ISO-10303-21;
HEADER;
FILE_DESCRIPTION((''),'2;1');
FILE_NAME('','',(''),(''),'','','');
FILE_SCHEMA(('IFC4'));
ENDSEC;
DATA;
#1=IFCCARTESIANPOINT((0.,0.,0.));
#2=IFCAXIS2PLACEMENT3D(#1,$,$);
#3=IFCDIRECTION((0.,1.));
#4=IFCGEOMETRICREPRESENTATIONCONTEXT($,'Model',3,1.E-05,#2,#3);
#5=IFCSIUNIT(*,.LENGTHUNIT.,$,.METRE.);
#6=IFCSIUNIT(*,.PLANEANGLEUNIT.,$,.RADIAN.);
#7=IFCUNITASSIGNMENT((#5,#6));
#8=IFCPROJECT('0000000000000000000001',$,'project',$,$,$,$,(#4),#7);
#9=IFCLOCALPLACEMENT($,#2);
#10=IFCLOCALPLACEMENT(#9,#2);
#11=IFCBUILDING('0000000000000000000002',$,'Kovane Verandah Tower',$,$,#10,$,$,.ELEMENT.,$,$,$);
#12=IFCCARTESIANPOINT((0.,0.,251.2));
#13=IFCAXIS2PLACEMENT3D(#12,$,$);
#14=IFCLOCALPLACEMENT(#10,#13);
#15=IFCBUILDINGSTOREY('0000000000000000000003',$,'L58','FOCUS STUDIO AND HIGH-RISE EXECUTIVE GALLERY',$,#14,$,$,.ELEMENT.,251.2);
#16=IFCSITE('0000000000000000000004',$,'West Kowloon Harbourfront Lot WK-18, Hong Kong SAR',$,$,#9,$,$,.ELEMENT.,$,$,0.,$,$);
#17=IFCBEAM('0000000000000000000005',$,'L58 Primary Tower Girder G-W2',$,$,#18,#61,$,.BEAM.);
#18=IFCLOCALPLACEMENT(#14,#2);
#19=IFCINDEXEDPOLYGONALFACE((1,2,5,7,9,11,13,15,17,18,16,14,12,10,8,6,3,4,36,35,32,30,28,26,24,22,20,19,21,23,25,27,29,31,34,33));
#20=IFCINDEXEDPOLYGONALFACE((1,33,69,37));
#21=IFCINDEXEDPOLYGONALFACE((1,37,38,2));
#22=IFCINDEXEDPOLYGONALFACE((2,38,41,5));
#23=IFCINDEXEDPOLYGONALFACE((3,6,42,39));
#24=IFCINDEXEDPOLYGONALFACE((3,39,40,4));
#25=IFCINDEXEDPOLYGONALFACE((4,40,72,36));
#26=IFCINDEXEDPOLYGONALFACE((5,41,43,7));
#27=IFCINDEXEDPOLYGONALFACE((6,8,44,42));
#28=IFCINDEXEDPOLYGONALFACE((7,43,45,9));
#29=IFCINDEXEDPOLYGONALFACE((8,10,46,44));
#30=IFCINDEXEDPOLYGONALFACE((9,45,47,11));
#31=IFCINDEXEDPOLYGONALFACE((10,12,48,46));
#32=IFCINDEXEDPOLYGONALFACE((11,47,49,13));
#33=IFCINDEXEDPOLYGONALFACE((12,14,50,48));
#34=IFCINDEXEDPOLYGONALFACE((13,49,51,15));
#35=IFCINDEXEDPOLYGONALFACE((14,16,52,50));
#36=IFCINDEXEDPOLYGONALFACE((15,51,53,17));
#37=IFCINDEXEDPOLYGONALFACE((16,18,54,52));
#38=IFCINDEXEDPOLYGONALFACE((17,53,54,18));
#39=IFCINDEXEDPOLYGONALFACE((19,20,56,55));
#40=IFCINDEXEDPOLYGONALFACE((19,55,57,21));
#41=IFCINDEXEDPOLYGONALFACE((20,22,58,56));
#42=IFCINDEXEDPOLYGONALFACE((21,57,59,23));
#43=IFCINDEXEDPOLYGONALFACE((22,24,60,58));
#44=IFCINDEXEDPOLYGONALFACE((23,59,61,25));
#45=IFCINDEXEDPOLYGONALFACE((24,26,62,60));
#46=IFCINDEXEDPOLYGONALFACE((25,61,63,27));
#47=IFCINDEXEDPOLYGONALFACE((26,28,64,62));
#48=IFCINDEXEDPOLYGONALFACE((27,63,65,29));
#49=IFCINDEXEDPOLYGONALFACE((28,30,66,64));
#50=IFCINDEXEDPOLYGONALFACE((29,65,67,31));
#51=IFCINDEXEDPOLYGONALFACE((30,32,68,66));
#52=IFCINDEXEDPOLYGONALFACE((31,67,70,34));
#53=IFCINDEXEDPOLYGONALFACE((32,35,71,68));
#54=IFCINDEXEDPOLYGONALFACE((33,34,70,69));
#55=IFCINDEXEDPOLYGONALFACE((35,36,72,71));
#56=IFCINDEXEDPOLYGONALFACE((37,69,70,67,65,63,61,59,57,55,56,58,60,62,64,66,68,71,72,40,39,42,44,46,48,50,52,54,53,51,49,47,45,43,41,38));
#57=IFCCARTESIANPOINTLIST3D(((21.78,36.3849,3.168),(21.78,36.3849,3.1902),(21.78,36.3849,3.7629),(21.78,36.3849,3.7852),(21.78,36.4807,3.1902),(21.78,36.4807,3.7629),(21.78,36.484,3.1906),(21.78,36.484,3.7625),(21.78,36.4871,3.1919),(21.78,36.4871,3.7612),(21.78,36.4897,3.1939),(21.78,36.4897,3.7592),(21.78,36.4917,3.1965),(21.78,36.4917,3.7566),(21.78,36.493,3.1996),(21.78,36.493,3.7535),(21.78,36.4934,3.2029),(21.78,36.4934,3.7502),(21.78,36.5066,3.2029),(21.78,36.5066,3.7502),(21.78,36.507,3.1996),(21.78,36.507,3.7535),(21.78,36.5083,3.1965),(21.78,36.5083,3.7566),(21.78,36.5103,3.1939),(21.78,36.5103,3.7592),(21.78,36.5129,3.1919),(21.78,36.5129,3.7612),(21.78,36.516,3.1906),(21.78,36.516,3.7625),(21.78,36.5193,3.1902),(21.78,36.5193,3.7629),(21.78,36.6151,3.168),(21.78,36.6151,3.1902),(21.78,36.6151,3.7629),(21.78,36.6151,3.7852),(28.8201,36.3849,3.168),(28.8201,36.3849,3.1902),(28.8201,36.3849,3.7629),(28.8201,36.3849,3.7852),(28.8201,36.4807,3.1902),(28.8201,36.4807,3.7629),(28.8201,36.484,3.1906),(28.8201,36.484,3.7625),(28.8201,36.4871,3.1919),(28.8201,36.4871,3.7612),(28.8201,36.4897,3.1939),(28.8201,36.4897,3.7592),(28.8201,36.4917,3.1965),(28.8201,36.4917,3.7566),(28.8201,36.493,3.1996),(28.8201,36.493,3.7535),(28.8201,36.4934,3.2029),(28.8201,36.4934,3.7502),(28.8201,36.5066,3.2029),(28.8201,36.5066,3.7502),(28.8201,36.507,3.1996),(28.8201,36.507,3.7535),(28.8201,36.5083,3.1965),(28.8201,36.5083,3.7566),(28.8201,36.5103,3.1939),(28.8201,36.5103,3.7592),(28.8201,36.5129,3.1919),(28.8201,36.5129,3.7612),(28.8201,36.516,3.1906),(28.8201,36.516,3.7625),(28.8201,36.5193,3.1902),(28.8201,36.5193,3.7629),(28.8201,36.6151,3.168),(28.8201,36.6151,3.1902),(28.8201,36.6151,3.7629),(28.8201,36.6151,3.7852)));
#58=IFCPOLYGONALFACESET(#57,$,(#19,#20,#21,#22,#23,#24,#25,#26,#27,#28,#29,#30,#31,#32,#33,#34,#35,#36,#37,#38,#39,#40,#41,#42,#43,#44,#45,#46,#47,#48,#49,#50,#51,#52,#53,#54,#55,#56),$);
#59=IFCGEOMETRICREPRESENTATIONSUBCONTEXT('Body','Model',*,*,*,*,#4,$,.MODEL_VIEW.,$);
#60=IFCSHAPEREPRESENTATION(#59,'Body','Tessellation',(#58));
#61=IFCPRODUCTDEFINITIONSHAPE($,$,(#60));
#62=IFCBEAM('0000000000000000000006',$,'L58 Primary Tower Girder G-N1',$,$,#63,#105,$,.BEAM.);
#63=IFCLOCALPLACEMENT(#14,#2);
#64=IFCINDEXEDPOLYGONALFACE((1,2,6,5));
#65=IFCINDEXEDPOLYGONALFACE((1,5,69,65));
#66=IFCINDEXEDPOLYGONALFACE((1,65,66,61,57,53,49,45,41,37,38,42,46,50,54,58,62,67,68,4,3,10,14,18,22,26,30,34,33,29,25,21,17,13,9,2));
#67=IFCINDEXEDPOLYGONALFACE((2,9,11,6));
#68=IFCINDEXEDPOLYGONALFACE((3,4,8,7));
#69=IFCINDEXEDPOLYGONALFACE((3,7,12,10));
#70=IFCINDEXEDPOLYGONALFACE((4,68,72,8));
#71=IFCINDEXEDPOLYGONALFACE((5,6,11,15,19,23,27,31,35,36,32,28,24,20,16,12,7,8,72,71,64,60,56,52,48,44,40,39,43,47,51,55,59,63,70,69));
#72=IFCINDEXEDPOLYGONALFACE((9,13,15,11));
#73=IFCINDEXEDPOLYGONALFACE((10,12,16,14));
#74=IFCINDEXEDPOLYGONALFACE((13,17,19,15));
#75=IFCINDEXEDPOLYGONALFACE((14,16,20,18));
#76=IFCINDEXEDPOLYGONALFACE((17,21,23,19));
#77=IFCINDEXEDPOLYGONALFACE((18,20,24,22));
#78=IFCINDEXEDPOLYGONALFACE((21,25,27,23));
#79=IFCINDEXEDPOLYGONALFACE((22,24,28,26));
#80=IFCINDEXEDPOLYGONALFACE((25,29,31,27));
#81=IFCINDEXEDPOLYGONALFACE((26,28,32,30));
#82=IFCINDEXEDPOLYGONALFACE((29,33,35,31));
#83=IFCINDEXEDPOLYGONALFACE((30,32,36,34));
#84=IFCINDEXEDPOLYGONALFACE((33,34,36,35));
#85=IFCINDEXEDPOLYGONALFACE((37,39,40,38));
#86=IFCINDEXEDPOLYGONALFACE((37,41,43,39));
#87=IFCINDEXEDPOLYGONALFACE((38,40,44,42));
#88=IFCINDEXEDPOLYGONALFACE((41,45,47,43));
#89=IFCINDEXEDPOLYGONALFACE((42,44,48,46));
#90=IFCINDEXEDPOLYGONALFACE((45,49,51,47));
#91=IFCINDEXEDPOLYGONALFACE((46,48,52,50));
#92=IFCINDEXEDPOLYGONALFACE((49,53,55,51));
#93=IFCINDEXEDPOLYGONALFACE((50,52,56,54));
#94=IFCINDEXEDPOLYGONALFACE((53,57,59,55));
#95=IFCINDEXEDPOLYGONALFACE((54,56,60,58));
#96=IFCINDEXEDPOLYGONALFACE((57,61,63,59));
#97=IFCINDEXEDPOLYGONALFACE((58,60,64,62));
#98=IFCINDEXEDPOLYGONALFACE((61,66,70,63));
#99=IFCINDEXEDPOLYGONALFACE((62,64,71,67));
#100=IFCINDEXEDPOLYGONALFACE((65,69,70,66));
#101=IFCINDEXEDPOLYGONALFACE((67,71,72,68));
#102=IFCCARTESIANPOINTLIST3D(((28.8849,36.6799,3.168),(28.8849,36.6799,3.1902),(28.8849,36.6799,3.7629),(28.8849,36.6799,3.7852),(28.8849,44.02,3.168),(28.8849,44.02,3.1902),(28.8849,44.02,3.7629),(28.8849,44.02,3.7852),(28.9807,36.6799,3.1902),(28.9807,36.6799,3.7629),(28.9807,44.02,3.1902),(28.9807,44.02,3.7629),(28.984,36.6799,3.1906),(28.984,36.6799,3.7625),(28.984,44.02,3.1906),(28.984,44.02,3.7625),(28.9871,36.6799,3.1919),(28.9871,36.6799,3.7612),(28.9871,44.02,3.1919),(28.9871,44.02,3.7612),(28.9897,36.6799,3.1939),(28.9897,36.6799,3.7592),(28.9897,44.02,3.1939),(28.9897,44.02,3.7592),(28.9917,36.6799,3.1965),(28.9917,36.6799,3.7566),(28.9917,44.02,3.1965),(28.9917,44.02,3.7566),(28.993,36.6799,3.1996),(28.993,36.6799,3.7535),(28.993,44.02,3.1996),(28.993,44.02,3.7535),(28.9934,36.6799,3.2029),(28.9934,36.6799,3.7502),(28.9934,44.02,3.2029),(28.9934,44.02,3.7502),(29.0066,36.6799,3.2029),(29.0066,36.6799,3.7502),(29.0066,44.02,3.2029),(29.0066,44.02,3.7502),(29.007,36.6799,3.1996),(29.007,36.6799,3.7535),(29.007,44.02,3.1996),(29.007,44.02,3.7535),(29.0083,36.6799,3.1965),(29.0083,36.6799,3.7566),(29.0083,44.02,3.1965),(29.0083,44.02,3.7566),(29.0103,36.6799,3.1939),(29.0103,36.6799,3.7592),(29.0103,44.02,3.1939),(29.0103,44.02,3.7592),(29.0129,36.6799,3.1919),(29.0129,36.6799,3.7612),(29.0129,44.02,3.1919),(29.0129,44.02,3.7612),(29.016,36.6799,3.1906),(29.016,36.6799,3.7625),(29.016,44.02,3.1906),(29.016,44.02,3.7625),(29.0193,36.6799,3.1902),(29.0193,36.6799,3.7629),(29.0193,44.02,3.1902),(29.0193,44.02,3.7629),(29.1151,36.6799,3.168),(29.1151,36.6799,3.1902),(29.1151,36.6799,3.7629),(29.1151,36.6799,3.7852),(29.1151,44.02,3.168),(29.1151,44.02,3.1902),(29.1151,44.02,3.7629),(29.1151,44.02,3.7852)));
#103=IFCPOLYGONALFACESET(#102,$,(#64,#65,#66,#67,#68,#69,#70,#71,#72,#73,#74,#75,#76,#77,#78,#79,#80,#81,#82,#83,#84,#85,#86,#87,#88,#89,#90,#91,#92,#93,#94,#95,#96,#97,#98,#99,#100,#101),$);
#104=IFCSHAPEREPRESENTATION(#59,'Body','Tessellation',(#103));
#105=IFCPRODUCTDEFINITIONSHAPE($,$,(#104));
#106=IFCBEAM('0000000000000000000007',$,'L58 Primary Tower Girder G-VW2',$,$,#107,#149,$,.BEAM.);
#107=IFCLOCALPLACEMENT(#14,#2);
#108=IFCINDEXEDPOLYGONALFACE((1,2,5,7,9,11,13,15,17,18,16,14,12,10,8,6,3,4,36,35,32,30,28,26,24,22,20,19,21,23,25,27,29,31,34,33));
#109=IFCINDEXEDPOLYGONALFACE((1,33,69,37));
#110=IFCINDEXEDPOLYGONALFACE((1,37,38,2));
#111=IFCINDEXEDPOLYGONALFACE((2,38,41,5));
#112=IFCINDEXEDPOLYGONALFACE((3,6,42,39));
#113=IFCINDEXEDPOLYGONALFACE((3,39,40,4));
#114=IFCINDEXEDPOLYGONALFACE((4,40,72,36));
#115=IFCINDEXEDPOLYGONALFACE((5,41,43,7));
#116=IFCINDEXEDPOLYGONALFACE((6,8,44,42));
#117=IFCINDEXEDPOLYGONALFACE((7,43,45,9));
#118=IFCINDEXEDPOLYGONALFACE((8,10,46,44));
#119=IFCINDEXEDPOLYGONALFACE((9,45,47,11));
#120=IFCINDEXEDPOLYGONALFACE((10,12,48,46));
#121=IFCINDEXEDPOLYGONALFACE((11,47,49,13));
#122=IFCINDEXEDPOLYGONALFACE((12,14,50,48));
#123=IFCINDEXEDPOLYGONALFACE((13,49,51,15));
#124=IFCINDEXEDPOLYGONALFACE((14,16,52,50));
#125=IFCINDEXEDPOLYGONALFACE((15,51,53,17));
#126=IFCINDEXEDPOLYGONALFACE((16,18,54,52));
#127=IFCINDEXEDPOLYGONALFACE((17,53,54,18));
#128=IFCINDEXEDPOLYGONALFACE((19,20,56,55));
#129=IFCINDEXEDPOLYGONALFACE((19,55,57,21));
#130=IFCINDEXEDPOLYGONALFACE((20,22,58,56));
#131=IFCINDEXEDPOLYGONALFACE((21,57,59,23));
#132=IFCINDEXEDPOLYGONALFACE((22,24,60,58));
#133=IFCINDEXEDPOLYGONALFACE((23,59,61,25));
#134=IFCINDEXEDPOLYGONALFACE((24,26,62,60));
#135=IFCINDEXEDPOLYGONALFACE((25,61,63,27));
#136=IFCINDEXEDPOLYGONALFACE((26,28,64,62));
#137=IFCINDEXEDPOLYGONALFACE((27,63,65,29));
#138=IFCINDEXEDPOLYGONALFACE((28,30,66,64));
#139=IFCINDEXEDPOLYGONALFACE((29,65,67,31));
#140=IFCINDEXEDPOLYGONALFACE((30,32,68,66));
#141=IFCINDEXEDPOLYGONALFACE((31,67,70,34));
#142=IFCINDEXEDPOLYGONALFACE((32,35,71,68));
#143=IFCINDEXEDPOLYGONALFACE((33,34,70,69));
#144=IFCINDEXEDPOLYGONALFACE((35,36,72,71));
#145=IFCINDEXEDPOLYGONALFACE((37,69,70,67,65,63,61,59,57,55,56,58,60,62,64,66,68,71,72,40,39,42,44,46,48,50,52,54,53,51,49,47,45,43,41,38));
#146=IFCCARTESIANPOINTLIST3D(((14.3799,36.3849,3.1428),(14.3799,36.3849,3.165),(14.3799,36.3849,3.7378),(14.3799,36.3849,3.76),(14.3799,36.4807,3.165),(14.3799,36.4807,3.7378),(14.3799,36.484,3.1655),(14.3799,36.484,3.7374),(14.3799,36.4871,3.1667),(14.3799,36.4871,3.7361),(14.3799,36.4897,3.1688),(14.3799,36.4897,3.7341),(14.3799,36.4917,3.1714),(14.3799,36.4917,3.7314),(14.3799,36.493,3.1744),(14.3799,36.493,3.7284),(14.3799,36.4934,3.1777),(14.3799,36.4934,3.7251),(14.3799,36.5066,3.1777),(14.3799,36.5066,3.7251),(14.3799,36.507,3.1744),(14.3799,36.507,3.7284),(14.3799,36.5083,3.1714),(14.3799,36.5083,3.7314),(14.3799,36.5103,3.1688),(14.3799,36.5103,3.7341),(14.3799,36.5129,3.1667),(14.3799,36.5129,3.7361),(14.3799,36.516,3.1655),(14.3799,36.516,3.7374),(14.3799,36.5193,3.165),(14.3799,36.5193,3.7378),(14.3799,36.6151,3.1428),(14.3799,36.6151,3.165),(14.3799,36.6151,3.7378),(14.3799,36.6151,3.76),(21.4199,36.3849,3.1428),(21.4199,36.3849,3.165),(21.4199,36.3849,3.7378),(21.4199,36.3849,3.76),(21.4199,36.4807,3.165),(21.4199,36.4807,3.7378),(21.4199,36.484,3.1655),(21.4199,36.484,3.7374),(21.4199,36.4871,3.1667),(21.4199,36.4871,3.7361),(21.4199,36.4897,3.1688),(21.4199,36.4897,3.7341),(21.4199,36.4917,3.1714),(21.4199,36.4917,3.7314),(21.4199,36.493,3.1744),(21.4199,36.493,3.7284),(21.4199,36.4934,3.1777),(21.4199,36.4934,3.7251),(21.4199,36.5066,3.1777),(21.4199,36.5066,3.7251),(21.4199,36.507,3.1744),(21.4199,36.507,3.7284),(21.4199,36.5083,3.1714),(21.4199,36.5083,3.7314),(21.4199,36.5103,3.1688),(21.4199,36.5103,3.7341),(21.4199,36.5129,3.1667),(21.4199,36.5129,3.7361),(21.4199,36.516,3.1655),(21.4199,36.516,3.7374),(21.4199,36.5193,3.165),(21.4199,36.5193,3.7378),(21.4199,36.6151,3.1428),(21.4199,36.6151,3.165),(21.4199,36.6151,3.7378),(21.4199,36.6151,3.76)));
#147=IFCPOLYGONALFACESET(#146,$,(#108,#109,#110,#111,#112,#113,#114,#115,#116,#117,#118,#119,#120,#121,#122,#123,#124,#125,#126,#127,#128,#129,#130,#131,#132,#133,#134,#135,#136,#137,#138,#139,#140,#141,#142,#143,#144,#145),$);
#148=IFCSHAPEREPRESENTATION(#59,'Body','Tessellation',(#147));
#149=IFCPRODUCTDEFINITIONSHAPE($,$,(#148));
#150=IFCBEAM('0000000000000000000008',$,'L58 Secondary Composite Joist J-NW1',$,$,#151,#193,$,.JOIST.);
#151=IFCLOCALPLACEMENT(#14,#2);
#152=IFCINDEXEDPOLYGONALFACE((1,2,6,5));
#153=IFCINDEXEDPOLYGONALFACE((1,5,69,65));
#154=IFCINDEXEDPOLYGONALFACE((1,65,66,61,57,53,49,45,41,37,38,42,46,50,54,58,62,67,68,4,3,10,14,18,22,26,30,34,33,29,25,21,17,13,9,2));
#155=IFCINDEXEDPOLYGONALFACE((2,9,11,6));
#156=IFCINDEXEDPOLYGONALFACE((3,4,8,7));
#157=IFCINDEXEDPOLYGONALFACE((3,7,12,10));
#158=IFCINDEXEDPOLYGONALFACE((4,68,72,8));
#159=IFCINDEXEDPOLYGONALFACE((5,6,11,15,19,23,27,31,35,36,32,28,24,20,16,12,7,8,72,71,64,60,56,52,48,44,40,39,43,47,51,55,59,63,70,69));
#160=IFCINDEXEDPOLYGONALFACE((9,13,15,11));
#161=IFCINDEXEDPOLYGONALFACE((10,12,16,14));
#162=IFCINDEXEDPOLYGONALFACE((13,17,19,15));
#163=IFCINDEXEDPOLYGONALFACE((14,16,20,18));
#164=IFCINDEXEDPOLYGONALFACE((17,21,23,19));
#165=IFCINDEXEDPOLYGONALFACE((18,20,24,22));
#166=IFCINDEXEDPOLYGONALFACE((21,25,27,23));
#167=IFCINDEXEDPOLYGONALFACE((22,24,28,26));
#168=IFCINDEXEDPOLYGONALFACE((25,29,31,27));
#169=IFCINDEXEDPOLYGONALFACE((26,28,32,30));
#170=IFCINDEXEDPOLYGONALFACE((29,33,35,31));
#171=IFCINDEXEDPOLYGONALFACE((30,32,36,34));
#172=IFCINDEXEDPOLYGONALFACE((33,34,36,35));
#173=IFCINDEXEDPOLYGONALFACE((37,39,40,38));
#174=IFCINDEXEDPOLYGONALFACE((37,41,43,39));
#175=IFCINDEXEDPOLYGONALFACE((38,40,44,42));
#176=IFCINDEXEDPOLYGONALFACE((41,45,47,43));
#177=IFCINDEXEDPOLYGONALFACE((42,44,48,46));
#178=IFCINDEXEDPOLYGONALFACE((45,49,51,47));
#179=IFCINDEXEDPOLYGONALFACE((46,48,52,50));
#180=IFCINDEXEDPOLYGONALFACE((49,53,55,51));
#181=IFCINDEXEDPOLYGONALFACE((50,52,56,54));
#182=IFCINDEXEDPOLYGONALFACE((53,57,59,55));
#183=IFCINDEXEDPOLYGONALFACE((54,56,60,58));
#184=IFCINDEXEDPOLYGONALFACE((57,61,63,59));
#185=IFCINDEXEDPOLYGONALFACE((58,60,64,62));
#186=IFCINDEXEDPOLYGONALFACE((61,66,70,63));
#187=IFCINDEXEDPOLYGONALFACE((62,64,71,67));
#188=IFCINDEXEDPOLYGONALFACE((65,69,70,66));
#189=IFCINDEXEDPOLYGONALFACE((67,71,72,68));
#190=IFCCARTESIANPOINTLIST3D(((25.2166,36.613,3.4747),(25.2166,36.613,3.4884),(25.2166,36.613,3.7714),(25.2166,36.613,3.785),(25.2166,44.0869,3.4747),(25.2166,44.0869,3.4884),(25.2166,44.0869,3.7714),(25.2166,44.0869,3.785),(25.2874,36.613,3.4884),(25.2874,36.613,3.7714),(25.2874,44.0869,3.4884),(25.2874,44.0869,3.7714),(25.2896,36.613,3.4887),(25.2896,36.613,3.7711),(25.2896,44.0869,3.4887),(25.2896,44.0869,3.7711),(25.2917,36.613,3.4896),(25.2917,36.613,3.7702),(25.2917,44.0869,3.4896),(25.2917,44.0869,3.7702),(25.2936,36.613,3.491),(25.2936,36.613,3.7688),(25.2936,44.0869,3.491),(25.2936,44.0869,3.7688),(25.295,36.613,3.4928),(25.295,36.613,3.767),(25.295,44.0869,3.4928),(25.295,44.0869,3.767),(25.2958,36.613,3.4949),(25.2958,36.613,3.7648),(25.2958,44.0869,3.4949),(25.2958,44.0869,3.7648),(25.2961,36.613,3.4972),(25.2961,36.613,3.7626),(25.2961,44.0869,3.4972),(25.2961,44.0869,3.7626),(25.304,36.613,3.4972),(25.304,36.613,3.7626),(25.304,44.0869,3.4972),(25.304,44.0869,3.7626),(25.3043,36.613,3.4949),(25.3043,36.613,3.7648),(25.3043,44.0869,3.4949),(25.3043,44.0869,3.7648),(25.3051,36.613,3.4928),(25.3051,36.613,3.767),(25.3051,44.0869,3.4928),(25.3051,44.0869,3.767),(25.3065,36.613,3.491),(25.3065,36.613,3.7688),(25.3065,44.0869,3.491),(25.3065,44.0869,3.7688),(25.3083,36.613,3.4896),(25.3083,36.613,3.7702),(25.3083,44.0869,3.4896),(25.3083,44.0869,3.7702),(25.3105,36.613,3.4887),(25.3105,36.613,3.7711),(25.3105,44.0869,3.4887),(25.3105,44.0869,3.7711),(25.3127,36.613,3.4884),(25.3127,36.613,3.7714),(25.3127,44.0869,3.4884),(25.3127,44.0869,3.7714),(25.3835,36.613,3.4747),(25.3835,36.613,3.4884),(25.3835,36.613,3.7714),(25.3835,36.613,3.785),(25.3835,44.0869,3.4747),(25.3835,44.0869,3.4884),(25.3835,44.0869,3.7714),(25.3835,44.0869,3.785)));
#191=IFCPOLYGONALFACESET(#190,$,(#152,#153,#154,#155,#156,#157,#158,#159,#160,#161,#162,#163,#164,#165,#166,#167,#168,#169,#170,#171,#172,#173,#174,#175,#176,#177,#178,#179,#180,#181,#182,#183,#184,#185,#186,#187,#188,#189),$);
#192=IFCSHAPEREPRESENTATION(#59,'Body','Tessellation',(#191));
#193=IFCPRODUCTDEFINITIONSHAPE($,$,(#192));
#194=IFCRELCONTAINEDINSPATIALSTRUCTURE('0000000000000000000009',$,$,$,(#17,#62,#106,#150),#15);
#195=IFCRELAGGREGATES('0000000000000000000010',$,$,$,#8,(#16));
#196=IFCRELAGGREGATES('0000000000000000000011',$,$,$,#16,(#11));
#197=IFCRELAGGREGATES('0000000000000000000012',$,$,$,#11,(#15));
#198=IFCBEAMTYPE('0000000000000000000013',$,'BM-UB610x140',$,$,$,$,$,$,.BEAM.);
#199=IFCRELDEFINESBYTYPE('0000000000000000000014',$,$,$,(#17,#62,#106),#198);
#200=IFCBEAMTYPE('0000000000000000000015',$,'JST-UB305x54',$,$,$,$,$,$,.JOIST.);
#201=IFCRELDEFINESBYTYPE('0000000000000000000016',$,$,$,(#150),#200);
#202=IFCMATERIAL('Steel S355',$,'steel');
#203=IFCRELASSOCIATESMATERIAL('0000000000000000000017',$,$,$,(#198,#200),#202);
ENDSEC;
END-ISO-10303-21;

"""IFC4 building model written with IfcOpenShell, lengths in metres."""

from ifc_helpers import new_model, si_unit, direction, frame, origin, origin_2d, place, context, subcontext, project, spatial, i_section, extrude, material, material_profile, profile_set, type_object, element, save


model = new_model("IFC4")

# Units and contexts
model_context = context("Model", 3, precision=1e-05, world=origin(), true_north=direction((0.0, 1.0)))
body_context = subcontext(model_context, "Body", "Model", "MODEL_VIEW")
ifc_project = project(units=[si_unit("LENGTHUNIT", "METRE"), si_unit("PLANEANGLEUNIT", "RADIAN")], contexts=[model_context])

# Site, building, storey
site_placement = place(None, origin())
site = spatial("IfcSite", under=ifc_project, at=site_placement, Name="West Kowloon Harbourfront Lot WK-18, Hong Kong SAR", CompositionType="ELEMENT", RefElevation=0.0)
building_placement = place(site_placement, origin())
building = spatial("IfcBuilding", under=site, at=building_placement, Name="Kovane Verandah Tower", CompositionType="ELEMENT")
storey_placement = place(building_placement, frame((0.0, 0.0, 251.2)))
storey = spatial("IfcBuildingStorey", under=building, at=storey_placement, Name="L58", Description="FOCUS STUDIO AND HIGH-RISE EXECUTIVE GALLERY", CompositionType="ELEMENT", Elevation=251.2)

# Beams
ifc_material_1 = material(Name="Steel S355", Category="steel")
ifc_material_profile_1 = material_profile(ifc_material_1, i_section(OverallWidth=0.2302, OverallDepth=0.6172, WebThickness=0.0132, FlangeThickness=0.0222, FilletRadius=0.0127, at=origin_2d()), Name="UB610x229x140")
ifc_profile_set_1 = profile_set([ifc_material_profile_1], Name="Steel S355")
beam_type_1 = type_object("IfcBeamType", Name="BM-UB610x140", PredefinedType="BEAM", material=ifc_profile_set_1)
beam_1_placement = place(storey_placement, frame((28.8201, 36.5, 3.4766), z_axis=(-1.0, 0.0, 0.0), x_axis=(0.0, -1.0, 0.0)))
element("IfcBeam", 1, at=beam_1_placement, inside=storey, type_object=beam_type_1, Name="L58 Primary Tower Girder G-W2", PredefinedType="BEAM", context=body_context, shape_type="SweptSolid", body=[
    extrude(i_section(OverallWidth=0.2302, OverallDepth=0.6172, WebThickness=0.0132, FlangeThickness=0.0222, FilletRadius=0.0127, at=origin_2d()), origin(), (0.0, 0.0, 1.0), 7.04),
])
beam_2_placement = place(storey_placement, frame((29.0, 36.6799, 3.4766), z_axis=(0.0, 1.0, 0.0), x_axis=(-1.0, 0.0, 0.0)))
element("IfcBeam", 2, at=beam_2_placement, inside=storey, type_object=beam_type_1, Name="L58 Primary Tower Girder G-N1", PredefinedType="BEAM", context=body_context, shape_type="SweptSolid", body=[
    extrude(i_section(OverallWidth=0.2302, OverallDepth=0.6172, WebThickness=0.0132, FlangeThickness=0.0222, FilletRadius=0.0127, at=origin_2d()), origin(), (0.0, 0.0, 1.0), 7.3401),
])
beam_3_placement = place(storey_placement, frame((21.4199, 36.5, 3.4514), z_axis=(-1.0, 0.0, 0.0), x_axis=(0.0, -1.0, 0.0)))
element("IfcBeam", 3, at=beam_3_placement, inside=storey, type_object=beam_type_1, Name="L58 Primary Tower Girder G-VW2", PredefinedType="BEAM", context=body_context, shape_type="SweptSolid", body=[
    extrude(i_section(OverallWidth=0.2302, OverallDepth=0.6172, WebThickness=0.0132, FlangeThickness=0.0222, FilletRadius=0.0127, at=origin_2d()), origin(), (0.0, 0.0, 1.0), 7.04),
])
ifc_material_profile_2 = material_profile(ifc_material_1, i_section(OverallWidth=0.167, OverallDepth=0.3103, WebThickness=0.0078, FlangeThickness=0.0137, FilletRadius=0.0088, at=origin_2d()), Name="UB305x165x54")
ifc_profile_set_2 = profile_set([ifc_material_profile_2], Name="Steel S355")
beam_type_2 = type_object("IfcBeamType", Name="JST-UB305x54", PredefinedType="JOIST", material=ifc_profile_set_2)
beam_4_placement = place(storey_placement, frame((25.3, 36.613, 3.6299), z_axis=(0.0, 1.0, 0.0), x_axis=(-1.0, 0.0, 0.0)))
element("IfcBeam", 4, at=beam_4_placement, inside=storey, type_object=beam_type_2, Name="L58 Secondary Composite Joist J-NW1", PredefinedType="JOIST", context=body_context, shape_type="SweptSolid", body=[
    extrude(i_section(OverallWidth=0.167, OverallDepth=0.3103, WebThickness=0.0078, FlangeThickness=0.0137, FilletRadius=0.0088, at=origin_2d()), origin(), (0.0, 0.0, 1.0), 7.4739),
])

save(model, "model.ifc")
